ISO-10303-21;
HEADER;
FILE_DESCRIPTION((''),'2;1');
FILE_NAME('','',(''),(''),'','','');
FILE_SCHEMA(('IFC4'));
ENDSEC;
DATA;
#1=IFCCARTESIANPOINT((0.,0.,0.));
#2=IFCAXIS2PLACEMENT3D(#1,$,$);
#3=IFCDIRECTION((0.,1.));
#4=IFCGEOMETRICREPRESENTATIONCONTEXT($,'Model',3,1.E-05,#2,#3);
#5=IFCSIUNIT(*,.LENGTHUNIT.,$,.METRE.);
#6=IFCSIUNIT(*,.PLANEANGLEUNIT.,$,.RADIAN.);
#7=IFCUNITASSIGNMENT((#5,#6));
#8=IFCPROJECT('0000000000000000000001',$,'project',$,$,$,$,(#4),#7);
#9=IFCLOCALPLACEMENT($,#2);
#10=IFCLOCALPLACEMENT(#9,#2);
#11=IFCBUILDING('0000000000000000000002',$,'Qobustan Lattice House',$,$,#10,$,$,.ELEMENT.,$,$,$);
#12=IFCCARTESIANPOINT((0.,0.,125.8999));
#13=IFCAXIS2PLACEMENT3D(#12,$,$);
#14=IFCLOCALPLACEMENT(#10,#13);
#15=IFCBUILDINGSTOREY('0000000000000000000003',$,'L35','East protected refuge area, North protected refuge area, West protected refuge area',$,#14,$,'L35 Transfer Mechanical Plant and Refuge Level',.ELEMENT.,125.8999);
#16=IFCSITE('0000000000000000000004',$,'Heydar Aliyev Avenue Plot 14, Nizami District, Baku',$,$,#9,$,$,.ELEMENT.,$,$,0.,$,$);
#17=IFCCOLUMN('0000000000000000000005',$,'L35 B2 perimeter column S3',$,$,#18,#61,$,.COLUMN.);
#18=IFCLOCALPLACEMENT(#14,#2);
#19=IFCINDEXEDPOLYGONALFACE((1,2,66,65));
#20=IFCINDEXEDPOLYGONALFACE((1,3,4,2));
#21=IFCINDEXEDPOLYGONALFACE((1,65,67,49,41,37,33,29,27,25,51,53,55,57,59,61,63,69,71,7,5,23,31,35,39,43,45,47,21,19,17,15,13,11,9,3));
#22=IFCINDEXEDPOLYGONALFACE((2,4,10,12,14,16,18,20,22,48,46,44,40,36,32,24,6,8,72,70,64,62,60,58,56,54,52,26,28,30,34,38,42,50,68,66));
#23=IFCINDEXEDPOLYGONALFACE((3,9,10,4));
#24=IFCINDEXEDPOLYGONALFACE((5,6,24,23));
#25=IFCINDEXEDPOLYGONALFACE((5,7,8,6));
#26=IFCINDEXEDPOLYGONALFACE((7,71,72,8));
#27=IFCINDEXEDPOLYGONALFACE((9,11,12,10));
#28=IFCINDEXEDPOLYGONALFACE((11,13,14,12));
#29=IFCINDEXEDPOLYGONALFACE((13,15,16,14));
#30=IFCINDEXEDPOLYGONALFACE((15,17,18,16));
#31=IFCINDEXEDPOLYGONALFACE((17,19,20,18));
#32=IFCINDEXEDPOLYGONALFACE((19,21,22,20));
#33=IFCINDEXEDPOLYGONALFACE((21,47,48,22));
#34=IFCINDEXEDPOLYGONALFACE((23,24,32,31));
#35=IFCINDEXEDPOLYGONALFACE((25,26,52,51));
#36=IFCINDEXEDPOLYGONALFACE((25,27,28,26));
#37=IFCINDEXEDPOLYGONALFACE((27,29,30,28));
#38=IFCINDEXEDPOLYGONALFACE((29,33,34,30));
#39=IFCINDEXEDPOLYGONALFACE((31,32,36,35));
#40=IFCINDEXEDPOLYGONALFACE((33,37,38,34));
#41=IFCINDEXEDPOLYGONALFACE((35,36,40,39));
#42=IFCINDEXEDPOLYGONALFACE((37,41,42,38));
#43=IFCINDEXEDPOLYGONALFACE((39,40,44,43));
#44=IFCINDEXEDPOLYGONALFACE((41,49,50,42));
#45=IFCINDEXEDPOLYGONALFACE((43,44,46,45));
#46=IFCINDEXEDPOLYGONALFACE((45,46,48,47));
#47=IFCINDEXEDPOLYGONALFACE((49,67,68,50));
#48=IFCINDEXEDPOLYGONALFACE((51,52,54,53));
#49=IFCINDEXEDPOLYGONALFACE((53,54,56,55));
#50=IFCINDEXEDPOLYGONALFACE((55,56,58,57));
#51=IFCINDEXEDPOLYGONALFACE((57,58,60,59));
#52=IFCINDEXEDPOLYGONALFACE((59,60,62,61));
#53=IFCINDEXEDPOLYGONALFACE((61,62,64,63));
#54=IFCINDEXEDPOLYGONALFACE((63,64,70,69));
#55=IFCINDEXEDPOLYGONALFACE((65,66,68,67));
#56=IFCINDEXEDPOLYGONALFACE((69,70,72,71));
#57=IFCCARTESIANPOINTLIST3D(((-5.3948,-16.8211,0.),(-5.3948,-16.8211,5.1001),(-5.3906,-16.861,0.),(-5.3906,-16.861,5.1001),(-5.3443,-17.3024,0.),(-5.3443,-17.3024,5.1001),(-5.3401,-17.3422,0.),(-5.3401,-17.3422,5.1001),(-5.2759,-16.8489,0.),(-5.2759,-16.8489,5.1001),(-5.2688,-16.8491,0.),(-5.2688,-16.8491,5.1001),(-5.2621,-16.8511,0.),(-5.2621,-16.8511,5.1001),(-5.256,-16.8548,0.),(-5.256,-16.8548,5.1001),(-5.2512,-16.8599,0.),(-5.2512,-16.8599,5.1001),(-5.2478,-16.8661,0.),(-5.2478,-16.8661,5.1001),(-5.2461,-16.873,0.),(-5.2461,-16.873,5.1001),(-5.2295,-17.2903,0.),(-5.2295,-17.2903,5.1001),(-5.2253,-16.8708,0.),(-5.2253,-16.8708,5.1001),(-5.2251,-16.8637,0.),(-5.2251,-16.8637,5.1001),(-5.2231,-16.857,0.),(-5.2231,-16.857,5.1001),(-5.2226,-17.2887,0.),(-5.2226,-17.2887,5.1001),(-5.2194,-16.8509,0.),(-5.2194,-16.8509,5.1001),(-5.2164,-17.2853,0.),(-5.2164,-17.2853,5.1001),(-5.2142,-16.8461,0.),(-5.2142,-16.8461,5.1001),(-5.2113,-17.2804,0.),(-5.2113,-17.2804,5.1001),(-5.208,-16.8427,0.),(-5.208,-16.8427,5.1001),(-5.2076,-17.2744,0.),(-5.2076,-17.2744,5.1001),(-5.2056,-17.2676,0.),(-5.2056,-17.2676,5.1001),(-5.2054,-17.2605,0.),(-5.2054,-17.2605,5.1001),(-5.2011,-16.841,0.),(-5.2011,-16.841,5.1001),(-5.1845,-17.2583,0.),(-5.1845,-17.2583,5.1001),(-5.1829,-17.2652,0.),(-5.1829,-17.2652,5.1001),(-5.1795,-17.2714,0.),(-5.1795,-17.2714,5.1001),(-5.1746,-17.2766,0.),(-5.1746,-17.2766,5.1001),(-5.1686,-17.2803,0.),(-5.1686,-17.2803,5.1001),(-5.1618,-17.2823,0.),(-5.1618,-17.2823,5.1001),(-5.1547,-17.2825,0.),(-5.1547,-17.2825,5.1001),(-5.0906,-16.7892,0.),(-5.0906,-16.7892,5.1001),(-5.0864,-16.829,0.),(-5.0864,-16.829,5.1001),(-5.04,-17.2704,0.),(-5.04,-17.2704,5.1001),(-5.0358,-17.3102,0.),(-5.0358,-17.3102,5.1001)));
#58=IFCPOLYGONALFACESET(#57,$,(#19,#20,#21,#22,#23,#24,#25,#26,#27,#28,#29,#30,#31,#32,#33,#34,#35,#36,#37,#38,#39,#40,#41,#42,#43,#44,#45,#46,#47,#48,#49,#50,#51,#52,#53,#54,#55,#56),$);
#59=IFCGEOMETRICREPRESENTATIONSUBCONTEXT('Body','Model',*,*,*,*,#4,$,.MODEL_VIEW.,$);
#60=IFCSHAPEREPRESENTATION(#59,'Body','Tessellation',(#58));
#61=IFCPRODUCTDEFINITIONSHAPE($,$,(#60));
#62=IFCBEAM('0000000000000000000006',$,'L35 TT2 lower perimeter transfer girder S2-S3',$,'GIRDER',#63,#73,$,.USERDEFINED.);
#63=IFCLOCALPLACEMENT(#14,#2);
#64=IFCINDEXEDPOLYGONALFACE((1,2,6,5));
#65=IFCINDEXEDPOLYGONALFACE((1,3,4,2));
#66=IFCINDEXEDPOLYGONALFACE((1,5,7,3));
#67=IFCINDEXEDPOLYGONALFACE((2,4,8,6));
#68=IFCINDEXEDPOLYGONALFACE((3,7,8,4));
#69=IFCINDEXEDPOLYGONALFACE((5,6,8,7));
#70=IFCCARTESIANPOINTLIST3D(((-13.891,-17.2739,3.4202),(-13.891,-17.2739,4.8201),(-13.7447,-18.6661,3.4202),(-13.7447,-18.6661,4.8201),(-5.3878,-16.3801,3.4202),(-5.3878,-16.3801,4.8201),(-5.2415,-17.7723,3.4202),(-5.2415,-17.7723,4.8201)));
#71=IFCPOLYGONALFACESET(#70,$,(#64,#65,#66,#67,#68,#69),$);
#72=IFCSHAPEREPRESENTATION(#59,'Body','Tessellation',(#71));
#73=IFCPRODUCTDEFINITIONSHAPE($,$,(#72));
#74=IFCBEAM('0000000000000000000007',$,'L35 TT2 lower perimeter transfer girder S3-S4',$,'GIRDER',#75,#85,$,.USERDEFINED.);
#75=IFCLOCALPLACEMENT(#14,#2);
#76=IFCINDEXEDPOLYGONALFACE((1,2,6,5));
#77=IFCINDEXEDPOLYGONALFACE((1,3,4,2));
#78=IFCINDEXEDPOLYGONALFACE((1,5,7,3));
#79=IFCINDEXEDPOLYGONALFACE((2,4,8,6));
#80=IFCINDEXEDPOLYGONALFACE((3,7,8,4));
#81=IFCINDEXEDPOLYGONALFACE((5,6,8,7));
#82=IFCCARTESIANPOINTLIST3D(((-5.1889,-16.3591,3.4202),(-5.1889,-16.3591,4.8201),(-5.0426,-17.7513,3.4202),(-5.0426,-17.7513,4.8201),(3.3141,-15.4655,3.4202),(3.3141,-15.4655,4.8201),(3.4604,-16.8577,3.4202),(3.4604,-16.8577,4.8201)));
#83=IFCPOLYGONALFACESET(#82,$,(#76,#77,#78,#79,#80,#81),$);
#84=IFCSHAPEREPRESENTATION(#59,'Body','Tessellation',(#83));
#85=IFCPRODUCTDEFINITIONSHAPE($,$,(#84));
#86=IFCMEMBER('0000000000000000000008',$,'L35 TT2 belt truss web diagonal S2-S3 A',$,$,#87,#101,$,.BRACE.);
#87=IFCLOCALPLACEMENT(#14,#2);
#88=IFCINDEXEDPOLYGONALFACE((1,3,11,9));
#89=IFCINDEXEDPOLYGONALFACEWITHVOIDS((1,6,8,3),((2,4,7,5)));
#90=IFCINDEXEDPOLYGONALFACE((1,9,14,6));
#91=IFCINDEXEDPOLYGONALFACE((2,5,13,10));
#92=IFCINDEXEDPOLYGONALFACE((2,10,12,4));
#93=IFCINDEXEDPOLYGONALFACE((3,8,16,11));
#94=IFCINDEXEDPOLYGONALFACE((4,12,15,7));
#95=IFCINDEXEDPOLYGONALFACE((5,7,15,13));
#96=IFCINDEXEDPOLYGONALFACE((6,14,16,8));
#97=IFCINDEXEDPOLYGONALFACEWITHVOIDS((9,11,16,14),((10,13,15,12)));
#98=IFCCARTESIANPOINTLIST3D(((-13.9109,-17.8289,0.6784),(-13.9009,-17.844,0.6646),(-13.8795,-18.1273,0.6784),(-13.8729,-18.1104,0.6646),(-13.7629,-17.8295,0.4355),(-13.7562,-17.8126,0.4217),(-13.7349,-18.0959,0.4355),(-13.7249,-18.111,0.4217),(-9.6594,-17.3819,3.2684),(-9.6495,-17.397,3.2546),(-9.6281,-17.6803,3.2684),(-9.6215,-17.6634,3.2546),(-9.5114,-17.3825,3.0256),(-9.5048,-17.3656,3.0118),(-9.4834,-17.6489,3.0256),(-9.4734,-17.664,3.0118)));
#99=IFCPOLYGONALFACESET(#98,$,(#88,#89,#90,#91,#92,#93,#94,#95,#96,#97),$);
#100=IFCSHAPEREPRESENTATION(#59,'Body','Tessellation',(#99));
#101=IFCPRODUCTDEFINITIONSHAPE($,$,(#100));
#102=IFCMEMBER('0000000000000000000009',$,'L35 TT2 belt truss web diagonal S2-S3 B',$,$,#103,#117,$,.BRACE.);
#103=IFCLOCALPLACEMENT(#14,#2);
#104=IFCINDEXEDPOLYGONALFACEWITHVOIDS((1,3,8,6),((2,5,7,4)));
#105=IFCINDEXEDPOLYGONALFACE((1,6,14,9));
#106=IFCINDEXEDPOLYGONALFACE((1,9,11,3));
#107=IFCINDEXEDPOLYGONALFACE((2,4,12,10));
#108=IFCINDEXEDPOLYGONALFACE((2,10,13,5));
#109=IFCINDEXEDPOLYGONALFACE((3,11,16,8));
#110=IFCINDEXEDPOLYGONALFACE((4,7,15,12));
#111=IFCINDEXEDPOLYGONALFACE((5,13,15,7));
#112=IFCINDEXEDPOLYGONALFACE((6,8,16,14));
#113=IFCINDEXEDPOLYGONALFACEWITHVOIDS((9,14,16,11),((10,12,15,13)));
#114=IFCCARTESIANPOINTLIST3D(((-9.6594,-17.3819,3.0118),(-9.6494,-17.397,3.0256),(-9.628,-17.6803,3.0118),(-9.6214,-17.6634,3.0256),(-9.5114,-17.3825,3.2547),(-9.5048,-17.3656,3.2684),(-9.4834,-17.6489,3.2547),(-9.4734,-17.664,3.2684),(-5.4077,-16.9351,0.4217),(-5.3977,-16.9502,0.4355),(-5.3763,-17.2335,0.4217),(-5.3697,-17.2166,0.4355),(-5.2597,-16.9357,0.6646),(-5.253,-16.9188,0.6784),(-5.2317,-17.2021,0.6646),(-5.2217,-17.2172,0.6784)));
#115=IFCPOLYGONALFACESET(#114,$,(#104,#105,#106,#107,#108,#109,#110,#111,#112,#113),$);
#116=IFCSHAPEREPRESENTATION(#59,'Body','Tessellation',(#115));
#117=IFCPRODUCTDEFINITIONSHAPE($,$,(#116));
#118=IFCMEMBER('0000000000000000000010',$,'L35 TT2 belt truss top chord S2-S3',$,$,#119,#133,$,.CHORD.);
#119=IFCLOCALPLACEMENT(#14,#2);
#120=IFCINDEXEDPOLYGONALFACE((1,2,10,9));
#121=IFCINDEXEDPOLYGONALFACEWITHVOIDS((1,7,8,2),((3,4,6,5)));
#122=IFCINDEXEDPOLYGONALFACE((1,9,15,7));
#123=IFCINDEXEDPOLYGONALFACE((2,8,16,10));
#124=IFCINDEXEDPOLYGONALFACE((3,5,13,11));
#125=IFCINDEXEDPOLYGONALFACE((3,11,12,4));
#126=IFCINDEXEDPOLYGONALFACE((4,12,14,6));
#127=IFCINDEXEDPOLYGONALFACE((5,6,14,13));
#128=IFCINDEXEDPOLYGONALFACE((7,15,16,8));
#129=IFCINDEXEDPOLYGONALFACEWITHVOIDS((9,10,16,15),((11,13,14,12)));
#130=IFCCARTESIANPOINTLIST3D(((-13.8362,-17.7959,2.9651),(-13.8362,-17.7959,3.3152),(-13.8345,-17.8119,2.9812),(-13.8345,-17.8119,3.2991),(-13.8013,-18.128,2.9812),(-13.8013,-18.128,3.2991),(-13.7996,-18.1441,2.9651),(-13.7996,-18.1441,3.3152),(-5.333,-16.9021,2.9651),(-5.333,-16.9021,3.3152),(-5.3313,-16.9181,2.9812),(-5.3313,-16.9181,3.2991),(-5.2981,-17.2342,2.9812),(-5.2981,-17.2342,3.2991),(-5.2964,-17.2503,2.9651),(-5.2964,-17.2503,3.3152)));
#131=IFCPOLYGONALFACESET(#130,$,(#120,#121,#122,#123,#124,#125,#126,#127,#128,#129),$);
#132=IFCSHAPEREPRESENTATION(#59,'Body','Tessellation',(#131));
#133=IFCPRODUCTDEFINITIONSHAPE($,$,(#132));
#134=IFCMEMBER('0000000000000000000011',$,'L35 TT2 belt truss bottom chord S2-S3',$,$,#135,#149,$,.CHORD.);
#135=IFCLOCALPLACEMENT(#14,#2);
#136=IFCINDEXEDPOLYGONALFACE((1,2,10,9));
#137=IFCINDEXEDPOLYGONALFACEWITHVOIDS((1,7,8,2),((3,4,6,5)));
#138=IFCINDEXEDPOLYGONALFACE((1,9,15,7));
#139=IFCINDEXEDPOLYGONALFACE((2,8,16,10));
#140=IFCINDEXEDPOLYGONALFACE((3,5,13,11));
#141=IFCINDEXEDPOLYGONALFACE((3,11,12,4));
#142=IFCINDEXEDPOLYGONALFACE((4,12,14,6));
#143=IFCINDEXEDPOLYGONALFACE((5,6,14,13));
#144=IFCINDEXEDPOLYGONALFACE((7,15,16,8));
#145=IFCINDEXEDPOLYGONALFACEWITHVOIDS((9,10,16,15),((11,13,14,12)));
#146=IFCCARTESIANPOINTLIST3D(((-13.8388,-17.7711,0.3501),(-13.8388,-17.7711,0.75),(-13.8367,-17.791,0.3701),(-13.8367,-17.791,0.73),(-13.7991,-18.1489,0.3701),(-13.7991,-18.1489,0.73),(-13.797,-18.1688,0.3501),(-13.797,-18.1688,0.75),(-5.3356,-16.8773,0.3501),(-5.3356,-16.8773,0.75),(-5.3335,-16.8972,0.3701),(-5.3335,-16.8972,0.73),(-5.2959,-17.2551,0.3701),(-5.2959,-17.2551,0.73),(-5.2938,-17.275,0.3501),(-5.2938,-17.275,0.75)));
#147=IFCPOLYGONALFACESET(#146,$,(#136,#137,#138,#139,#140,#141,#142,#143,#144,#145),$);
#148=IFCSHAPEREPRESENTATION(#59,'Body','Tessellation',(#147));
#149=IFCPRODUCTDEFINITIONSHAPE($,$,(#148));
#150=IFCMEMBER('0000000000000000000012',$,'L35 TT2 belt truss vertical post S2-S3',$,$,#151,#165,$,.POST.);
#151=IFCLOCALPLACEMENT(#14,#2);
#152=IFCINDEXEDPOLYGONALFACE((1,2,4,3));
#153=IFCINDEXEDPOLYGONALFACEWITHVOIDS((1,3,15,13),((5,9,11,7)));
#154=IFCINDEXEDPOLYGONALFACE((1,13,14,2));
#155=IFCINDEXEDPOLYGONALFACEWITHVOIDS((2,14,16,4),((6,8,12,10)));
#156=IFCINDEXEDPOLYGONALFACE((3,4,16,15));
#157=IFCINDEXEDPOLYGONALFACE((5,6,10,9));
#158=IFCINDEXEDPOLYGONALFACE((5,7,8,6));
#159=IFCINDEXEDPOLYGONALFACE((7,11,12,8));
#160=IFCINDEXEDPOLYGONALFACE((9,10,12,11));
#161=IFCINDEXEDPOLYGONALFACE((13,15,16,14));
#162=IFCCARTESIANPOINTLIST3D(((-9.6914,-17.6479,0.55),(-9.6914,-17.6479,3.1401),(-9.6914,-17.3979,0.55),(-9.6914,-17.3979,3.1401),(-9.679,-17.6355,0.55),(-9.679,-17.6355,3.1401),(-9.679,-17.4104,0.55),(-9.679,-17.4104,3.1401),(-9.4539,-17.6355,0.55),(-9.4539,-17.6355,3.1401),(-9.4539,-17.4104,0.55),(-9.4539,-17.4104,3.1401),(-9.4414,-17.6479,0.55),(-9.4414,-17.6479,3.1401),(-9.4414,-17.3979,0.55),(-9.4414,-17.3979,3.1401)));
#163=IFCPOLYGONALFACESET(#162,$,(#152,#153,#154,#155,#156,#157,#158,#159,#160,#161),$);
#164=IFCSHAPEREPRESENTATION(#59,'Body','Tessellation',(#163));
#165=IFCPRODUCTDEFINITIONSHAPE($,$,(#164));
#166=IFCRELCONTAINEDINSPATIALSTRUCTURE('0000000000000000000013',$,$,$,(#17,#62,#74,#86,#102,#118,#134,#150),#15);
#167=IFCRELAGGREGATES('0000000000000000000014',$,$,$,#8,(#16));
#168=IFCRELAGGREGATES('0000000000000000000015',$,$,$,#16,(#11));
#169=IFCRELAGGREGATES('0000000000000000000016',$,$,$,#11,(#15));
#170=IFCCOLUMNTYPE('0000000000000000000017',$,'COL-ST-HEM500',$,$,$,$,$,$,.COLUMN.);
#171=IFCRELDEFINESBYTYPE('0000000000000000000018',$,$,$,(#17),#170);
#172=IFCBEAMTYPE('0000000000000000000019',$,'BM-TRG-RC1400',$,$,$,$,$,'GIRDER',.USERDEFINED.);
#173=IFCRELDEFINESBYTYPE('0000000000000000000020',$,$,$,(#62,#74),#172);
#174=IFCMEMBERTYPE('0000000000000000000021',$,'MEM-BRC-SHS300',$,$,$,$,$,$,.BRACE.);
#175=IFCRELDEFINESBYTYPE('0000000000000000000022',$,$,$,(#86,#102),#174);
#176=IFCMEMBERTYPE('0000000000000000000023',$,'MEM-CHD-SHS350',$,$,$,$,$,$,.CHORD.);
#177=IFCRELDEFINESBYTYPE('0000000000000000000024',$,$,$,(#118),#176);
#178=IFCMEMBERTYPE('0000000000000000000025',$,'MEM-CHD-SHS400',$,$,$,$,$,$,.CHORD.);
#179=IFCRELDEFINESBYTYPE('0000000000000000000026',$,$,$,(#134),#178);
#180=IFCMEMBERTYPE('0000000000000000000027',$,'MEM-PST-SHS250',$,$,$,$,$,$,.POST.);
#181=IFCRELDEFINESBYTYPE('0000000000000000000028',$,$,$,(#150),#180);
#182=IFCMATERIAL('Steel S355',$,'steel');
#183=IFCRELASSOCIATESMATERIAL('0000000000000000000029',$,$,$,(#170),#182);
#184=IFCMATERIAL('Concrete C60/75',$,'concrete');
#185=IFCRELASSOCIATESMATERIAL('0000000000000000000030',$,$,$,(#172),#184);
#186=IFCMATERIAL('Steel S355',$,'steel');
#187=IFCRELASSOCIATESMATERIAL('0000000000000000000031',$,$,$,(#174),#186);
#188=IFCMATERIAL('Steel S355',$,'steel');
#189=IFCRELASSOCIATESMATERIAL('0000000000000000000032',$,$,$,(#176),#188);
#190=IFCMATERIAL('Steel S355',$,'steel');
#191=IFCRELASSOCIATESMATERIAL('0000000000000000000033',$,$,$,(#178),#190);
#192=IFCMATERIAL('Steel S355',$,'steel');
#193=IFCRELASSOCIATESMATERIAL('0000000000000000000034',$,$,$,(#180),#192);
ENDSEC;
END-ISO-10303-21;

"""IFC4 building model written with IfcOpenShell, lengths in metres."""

from ifc_helpers import new_model, si_unit, direction, frame, origin, origin_2d, place, context, subcontext, project, spatial, rectangle, hollow_rectangle, i_section, extrude, material, material_profile, profile_set, type_object, element, save


model = new_model("IFC4")

# Units and contexts
model_context = context("Model", 3, precision=1e-05, world=origin(), true_north=direction((0.0, 1.0)))
body_context = subcontext(model_context, "Body", "Model", "MODEL_VIEW")
ifc_project = project(units=[si_unit("LENGTHUNIT", "METRE"), si_unit("PLANEANGLEUNIT", "RADIAN")], contexts=[model_context])

# Site, building, storey
site_placement = place(None, origin())
site = spatial("IfcSite", under=ifc_project, at=site_placement, Name="Heydar Aliyev Avenue Plot 14, Nizami District, Baku", CompositionType="ELEMENT", RefElevation=0.0)
building_placement = place(site_placement, origin())
building = spatial("IfcBuilding", under=site, at=building_placement, Name="Qobustan Lattice House", CompositionType="ELEMENT")
storey_placement = place(building_placement, frame((0.0, 0.0, 125.8999)))
storey = spatial("IfcBuildingStorey", under=building, at=storey_placement, Name="L35", Description="East protected refuge area, North protected refuge area, West protected refuge area", LongName="L35 Transfer Mechanical Plant and Refuge Level", CompositionType="ELEMENT", Elevation=125.8999)

# Column
ifc_material_1 = material(Name="Steel S355", Category="steel")
ifc_material_profile_1 = material_profile(ifc_material_1, i_section(OverallWidth=0.3059, OverallDepth=0.5239, WebThickness=0.021, FlangeThickness=0.04, FilletRadius=0.0271, at=origin_2d()), Name="HEM500")
ifc_profile_set_1 = profile_set([ifc_material_profile_1], Name="Steel S355")
column_type = type_object("IfcColumnType", Name="COL-ST-HEM500", PredefinedType="COLUMN", material=ifc_profile_set_1)
column_placement = place(storey_placement, frame((-5.2153, -17.0657, 0.0), z_axis=(0.0, 0.0, 1.0), x_axis=(0.994522, 0.104528, 0.0)))
element("IfcColumn", 1, at=column_placement, inside=storey, type_object=column_type, Name="L35 B2 perimeter column S3", PredefinedType="COLUMN", context=body_context, shape_type="SweptSolid", body=[
    extrude(i_section(OverallWidth=0.3059, OverallDepth=0.5239, WebThickness=0.021, FlangeThickness=0.04, FilletRadius=0.0271, at=origin_2d()), origin(), (0.0, 0.0, 1.0), 5.1001),
])

# Beams
ifc_material_2 = material(Name="Concrete C60/75", Category="concrete")
ifc_material_profile_2 = material_profile(ifc_material_2, rectangle(XDim=1.3999, YDim=1.3999, at=origin_2d()), Name="RC1400x1400")
ifc_profile_set_2 = profile_set([ifc_material_profile_2], Name="Concrete C60/75")
beam_type = type_object("IfcBeamType", Name="BM-TRG-RC1400", ElementType="GIRDER", PredefinedType="USERDEFINED", material=ifc_profile_set_2)
beam_1_placement = place(storey_placement, frame((-13.8179, -17.97, 4.1201), z_axis=(0.994521, 0.104538, 0.0), x_axis=(-0.104538, 0.994521, 0.0)))
element("IfcBeam", 2, at=beam_1_placement, inside=storey, type_object=beam_type, Name="L35 TT2 lower perimeter transfer girder S2-S3", ObjectType="GIRDER", PredefinedType="USERDEFINED", context=body_context, shape_type="SweptSolid", body=[
    extrude(rectangle(XDim=1.3999, YDim=1.3999, at=origin_2d()), origin(), (0.0, 0.0, 1.0), 8.55),
])
beam_2_placement = place(storey_placement, frame((-5.1157, -17.0552, 4.1201), z_axis=(0.994524, 0.104512, 0.0), x_axis=(-0.104512, 0.994524, 0.0)))
element("IfcBeam", 3, at=beam_2_placement, inside=storey, type_object=beam_type, Name="L35 TT2 lower perimeter transfer girder S3-S4", ObjectType="GIRDER", PredefinedType="USERDEFINED", context=body_context, shape_type="SweptSolid", body=[
    extrude(rectangle(XDim=1.3999, YDim=1.3999, at=origin_2d()), origin(), (0.0, 0.0, 1.0), 8.5498),
])

# Members
ifc_material_3 = material(Name="Steel S355", Category="steel")
ifc_material_profile_3 = material_profile(ifc_material_3, hollow_rectangle(XDim=0.3, YDim=0.3, WallThickness=0.0161, at=origin_2d()), Name="SHS300x300x16")
ifc_profile_set_3 = profile_set([ifc_material_profile_3], Name="Steel S355")
member_type_1 = type_object("IfcMemberType", Name="MEM-BRC-SHS300", PredefinedType="BRACE", material=ifc_profile_set_3)
member_1_placement = place(storey_placement, frame((-13.8179, -17.97, 0.55), z_axis=(0.850576, 0.089434, 0.51819), x_axis=(-0.104569, 0.994518, 0.0)))
element("IfcMember", 4, at=member_1_placement, inside=storey, type_object=member_type_1, Name="L35 TT2 belt truss web diagonal S2-S3 A", PredefinedType="BRACE", context=body_context, shape_type="SweptSolid", body=[
    extrude(hollow_rectangle(XDim=0.3, YDim=0.3, WallThickness=0.0161, at=origin_2d()), origin(), (0.0, 0.0, 1.0), 4.9983),
])
member_2_placement = place(storey_placement, frame((-9.5664, -17.5229, 3.1401), z_axis=(0.850594, 0.089382, -0.518171), x_axis=(-0.104506, 0.994524, 0.0)))
element("IfcMember", 5, at=member_2_placement, inside=storey, type_object=member_type_1, Name="L35 TT2 belt truss web diagonal S2-S3 B", PredefinedType="BRACE", context=body_context, shape_type="SweptSolid", body=[
    extrude(hollow_rectangle(XDim=0.3, YDim=0.3, WallThickness=0.0161, at=origin_2d()), origin(), (0.0, 0.0, 1.0), 4.9985),
])
ifc_material_4 = material(Name="Steel S355", Category="steel")
ifc_material_profile_4 = material_profile(ifc_material_4, hollow_rectangle(XDim=0.3501, YDim=0.3501, WallThickness=0.0161, at=origin_2d()), Name="SHS350x350x16")
ifc_profile_set_4 = profile_set([ifc_material_profile_4], Name="Steel S355")
member_type_2 = type_object("IfcMemberType", Name="MEM-CHD-SHS350", PredefinedType="CHORD", material=ifc_profile_set_4)
member_3_placement = place(storey_placement, frame((-13.8179, -17.97, 3.1401), z_axis=(0.994521, 0.104538, 0.0), x_axis=(-0.104538, 0.994521, 0.0)))
element("IfcMember", 6, at=member_3_placement, inside=storey, type_object=member_type_2, Name="L35 TT2 belt truss top chord S2-S3", PredefinedType="CHORD", context=body_context, shape_type="SweptSolid", body=[
    extrude(hollow_rectangle(XDim=0.3501, YDim=0.3501, WallThickness=0.0161, at=origin_2d()), origin(), (0.0, 0.0, 1.0), 8.55),
])
ifc_material_5 = material(Name="Steel S355", Category="steel")
ifc_material_profile_5 = material_profile(ifc_material_5, hollow_rectangle(XDim=0.3999, YDim=0.3999, WallThickness=0.02, at=origin_2d()), Name="SHS400x400x20")
ifc_profile_set_5 = profile_set([ifc_material_profile_5], Name="Steel S355")
member_type_3 = type_object("IfcMemberType", Name="MEM-CHD-SHS400", PredefinedType="CHORD", material=ifc_profile_set_5)
member_4_placement = place(storey_placement, frame((-13.8179, -17.97, 0.55), z_axis=(0.994521, 0.104538, 0.0), x_axis=(-0.104538, 0.994521, 0.0)))
element("IfcMember", 7, at=member_4_placement, inside=storey, type_object=member_type_3, Name="L35 TT2 belt truss bottom chord S2-S3", PredefinedType="CHORD", context=body_context, shape_type="SweptSolid", body=[
    extrude(hollow_rectangle(XDim=0.3999, YDim=0.3999, WallThickness=0.02, at=origin_2d()), origin(), (0.0, 0.0, 1.0), 8.55),
])
ifc_material_6 = material(Name="Steel S355", Category="steel")
ifc_material_profile_6 = material_profile(ifc_material_6, hollow_rectangle(XDim=0.25, YDim=0.25, WallThickness=0.0125, at=origin_2d()), Name="SHS250x250x12.5")
ifc_profile_set_6 = profile_set([ifc_material_profile_6], Name="Steel S355")
member_type_4 = type_object("IfcMemberType", Name="MEM-PST-SHS250", PredefinedType="POST", material=ifc_profile_set_6)
member_5_placement = place(storey_placement, frame((-9.5664, -17.5229, 0.55), z_axis=(0.0, 0.0, 1.0), x_axis=(1.0, 0.0, 0.0)))
element("IfcMember", 8, at=member_5_placement, inside=storey, type_object=member_type_4, Name="L35 TT2 belt truss vertical post S2-S3", PredefinedType="POST", context=body_context, shape_type="SweptSolid", body=[
    extrude(hollow_rectangle(XDim=0.25, YDim=0.25, WallThickness=0.0125, at=origin_2d()), origin(), (0.0, 0.0, 1.0), 2.5901),
])

save(model, "model.ifc")
